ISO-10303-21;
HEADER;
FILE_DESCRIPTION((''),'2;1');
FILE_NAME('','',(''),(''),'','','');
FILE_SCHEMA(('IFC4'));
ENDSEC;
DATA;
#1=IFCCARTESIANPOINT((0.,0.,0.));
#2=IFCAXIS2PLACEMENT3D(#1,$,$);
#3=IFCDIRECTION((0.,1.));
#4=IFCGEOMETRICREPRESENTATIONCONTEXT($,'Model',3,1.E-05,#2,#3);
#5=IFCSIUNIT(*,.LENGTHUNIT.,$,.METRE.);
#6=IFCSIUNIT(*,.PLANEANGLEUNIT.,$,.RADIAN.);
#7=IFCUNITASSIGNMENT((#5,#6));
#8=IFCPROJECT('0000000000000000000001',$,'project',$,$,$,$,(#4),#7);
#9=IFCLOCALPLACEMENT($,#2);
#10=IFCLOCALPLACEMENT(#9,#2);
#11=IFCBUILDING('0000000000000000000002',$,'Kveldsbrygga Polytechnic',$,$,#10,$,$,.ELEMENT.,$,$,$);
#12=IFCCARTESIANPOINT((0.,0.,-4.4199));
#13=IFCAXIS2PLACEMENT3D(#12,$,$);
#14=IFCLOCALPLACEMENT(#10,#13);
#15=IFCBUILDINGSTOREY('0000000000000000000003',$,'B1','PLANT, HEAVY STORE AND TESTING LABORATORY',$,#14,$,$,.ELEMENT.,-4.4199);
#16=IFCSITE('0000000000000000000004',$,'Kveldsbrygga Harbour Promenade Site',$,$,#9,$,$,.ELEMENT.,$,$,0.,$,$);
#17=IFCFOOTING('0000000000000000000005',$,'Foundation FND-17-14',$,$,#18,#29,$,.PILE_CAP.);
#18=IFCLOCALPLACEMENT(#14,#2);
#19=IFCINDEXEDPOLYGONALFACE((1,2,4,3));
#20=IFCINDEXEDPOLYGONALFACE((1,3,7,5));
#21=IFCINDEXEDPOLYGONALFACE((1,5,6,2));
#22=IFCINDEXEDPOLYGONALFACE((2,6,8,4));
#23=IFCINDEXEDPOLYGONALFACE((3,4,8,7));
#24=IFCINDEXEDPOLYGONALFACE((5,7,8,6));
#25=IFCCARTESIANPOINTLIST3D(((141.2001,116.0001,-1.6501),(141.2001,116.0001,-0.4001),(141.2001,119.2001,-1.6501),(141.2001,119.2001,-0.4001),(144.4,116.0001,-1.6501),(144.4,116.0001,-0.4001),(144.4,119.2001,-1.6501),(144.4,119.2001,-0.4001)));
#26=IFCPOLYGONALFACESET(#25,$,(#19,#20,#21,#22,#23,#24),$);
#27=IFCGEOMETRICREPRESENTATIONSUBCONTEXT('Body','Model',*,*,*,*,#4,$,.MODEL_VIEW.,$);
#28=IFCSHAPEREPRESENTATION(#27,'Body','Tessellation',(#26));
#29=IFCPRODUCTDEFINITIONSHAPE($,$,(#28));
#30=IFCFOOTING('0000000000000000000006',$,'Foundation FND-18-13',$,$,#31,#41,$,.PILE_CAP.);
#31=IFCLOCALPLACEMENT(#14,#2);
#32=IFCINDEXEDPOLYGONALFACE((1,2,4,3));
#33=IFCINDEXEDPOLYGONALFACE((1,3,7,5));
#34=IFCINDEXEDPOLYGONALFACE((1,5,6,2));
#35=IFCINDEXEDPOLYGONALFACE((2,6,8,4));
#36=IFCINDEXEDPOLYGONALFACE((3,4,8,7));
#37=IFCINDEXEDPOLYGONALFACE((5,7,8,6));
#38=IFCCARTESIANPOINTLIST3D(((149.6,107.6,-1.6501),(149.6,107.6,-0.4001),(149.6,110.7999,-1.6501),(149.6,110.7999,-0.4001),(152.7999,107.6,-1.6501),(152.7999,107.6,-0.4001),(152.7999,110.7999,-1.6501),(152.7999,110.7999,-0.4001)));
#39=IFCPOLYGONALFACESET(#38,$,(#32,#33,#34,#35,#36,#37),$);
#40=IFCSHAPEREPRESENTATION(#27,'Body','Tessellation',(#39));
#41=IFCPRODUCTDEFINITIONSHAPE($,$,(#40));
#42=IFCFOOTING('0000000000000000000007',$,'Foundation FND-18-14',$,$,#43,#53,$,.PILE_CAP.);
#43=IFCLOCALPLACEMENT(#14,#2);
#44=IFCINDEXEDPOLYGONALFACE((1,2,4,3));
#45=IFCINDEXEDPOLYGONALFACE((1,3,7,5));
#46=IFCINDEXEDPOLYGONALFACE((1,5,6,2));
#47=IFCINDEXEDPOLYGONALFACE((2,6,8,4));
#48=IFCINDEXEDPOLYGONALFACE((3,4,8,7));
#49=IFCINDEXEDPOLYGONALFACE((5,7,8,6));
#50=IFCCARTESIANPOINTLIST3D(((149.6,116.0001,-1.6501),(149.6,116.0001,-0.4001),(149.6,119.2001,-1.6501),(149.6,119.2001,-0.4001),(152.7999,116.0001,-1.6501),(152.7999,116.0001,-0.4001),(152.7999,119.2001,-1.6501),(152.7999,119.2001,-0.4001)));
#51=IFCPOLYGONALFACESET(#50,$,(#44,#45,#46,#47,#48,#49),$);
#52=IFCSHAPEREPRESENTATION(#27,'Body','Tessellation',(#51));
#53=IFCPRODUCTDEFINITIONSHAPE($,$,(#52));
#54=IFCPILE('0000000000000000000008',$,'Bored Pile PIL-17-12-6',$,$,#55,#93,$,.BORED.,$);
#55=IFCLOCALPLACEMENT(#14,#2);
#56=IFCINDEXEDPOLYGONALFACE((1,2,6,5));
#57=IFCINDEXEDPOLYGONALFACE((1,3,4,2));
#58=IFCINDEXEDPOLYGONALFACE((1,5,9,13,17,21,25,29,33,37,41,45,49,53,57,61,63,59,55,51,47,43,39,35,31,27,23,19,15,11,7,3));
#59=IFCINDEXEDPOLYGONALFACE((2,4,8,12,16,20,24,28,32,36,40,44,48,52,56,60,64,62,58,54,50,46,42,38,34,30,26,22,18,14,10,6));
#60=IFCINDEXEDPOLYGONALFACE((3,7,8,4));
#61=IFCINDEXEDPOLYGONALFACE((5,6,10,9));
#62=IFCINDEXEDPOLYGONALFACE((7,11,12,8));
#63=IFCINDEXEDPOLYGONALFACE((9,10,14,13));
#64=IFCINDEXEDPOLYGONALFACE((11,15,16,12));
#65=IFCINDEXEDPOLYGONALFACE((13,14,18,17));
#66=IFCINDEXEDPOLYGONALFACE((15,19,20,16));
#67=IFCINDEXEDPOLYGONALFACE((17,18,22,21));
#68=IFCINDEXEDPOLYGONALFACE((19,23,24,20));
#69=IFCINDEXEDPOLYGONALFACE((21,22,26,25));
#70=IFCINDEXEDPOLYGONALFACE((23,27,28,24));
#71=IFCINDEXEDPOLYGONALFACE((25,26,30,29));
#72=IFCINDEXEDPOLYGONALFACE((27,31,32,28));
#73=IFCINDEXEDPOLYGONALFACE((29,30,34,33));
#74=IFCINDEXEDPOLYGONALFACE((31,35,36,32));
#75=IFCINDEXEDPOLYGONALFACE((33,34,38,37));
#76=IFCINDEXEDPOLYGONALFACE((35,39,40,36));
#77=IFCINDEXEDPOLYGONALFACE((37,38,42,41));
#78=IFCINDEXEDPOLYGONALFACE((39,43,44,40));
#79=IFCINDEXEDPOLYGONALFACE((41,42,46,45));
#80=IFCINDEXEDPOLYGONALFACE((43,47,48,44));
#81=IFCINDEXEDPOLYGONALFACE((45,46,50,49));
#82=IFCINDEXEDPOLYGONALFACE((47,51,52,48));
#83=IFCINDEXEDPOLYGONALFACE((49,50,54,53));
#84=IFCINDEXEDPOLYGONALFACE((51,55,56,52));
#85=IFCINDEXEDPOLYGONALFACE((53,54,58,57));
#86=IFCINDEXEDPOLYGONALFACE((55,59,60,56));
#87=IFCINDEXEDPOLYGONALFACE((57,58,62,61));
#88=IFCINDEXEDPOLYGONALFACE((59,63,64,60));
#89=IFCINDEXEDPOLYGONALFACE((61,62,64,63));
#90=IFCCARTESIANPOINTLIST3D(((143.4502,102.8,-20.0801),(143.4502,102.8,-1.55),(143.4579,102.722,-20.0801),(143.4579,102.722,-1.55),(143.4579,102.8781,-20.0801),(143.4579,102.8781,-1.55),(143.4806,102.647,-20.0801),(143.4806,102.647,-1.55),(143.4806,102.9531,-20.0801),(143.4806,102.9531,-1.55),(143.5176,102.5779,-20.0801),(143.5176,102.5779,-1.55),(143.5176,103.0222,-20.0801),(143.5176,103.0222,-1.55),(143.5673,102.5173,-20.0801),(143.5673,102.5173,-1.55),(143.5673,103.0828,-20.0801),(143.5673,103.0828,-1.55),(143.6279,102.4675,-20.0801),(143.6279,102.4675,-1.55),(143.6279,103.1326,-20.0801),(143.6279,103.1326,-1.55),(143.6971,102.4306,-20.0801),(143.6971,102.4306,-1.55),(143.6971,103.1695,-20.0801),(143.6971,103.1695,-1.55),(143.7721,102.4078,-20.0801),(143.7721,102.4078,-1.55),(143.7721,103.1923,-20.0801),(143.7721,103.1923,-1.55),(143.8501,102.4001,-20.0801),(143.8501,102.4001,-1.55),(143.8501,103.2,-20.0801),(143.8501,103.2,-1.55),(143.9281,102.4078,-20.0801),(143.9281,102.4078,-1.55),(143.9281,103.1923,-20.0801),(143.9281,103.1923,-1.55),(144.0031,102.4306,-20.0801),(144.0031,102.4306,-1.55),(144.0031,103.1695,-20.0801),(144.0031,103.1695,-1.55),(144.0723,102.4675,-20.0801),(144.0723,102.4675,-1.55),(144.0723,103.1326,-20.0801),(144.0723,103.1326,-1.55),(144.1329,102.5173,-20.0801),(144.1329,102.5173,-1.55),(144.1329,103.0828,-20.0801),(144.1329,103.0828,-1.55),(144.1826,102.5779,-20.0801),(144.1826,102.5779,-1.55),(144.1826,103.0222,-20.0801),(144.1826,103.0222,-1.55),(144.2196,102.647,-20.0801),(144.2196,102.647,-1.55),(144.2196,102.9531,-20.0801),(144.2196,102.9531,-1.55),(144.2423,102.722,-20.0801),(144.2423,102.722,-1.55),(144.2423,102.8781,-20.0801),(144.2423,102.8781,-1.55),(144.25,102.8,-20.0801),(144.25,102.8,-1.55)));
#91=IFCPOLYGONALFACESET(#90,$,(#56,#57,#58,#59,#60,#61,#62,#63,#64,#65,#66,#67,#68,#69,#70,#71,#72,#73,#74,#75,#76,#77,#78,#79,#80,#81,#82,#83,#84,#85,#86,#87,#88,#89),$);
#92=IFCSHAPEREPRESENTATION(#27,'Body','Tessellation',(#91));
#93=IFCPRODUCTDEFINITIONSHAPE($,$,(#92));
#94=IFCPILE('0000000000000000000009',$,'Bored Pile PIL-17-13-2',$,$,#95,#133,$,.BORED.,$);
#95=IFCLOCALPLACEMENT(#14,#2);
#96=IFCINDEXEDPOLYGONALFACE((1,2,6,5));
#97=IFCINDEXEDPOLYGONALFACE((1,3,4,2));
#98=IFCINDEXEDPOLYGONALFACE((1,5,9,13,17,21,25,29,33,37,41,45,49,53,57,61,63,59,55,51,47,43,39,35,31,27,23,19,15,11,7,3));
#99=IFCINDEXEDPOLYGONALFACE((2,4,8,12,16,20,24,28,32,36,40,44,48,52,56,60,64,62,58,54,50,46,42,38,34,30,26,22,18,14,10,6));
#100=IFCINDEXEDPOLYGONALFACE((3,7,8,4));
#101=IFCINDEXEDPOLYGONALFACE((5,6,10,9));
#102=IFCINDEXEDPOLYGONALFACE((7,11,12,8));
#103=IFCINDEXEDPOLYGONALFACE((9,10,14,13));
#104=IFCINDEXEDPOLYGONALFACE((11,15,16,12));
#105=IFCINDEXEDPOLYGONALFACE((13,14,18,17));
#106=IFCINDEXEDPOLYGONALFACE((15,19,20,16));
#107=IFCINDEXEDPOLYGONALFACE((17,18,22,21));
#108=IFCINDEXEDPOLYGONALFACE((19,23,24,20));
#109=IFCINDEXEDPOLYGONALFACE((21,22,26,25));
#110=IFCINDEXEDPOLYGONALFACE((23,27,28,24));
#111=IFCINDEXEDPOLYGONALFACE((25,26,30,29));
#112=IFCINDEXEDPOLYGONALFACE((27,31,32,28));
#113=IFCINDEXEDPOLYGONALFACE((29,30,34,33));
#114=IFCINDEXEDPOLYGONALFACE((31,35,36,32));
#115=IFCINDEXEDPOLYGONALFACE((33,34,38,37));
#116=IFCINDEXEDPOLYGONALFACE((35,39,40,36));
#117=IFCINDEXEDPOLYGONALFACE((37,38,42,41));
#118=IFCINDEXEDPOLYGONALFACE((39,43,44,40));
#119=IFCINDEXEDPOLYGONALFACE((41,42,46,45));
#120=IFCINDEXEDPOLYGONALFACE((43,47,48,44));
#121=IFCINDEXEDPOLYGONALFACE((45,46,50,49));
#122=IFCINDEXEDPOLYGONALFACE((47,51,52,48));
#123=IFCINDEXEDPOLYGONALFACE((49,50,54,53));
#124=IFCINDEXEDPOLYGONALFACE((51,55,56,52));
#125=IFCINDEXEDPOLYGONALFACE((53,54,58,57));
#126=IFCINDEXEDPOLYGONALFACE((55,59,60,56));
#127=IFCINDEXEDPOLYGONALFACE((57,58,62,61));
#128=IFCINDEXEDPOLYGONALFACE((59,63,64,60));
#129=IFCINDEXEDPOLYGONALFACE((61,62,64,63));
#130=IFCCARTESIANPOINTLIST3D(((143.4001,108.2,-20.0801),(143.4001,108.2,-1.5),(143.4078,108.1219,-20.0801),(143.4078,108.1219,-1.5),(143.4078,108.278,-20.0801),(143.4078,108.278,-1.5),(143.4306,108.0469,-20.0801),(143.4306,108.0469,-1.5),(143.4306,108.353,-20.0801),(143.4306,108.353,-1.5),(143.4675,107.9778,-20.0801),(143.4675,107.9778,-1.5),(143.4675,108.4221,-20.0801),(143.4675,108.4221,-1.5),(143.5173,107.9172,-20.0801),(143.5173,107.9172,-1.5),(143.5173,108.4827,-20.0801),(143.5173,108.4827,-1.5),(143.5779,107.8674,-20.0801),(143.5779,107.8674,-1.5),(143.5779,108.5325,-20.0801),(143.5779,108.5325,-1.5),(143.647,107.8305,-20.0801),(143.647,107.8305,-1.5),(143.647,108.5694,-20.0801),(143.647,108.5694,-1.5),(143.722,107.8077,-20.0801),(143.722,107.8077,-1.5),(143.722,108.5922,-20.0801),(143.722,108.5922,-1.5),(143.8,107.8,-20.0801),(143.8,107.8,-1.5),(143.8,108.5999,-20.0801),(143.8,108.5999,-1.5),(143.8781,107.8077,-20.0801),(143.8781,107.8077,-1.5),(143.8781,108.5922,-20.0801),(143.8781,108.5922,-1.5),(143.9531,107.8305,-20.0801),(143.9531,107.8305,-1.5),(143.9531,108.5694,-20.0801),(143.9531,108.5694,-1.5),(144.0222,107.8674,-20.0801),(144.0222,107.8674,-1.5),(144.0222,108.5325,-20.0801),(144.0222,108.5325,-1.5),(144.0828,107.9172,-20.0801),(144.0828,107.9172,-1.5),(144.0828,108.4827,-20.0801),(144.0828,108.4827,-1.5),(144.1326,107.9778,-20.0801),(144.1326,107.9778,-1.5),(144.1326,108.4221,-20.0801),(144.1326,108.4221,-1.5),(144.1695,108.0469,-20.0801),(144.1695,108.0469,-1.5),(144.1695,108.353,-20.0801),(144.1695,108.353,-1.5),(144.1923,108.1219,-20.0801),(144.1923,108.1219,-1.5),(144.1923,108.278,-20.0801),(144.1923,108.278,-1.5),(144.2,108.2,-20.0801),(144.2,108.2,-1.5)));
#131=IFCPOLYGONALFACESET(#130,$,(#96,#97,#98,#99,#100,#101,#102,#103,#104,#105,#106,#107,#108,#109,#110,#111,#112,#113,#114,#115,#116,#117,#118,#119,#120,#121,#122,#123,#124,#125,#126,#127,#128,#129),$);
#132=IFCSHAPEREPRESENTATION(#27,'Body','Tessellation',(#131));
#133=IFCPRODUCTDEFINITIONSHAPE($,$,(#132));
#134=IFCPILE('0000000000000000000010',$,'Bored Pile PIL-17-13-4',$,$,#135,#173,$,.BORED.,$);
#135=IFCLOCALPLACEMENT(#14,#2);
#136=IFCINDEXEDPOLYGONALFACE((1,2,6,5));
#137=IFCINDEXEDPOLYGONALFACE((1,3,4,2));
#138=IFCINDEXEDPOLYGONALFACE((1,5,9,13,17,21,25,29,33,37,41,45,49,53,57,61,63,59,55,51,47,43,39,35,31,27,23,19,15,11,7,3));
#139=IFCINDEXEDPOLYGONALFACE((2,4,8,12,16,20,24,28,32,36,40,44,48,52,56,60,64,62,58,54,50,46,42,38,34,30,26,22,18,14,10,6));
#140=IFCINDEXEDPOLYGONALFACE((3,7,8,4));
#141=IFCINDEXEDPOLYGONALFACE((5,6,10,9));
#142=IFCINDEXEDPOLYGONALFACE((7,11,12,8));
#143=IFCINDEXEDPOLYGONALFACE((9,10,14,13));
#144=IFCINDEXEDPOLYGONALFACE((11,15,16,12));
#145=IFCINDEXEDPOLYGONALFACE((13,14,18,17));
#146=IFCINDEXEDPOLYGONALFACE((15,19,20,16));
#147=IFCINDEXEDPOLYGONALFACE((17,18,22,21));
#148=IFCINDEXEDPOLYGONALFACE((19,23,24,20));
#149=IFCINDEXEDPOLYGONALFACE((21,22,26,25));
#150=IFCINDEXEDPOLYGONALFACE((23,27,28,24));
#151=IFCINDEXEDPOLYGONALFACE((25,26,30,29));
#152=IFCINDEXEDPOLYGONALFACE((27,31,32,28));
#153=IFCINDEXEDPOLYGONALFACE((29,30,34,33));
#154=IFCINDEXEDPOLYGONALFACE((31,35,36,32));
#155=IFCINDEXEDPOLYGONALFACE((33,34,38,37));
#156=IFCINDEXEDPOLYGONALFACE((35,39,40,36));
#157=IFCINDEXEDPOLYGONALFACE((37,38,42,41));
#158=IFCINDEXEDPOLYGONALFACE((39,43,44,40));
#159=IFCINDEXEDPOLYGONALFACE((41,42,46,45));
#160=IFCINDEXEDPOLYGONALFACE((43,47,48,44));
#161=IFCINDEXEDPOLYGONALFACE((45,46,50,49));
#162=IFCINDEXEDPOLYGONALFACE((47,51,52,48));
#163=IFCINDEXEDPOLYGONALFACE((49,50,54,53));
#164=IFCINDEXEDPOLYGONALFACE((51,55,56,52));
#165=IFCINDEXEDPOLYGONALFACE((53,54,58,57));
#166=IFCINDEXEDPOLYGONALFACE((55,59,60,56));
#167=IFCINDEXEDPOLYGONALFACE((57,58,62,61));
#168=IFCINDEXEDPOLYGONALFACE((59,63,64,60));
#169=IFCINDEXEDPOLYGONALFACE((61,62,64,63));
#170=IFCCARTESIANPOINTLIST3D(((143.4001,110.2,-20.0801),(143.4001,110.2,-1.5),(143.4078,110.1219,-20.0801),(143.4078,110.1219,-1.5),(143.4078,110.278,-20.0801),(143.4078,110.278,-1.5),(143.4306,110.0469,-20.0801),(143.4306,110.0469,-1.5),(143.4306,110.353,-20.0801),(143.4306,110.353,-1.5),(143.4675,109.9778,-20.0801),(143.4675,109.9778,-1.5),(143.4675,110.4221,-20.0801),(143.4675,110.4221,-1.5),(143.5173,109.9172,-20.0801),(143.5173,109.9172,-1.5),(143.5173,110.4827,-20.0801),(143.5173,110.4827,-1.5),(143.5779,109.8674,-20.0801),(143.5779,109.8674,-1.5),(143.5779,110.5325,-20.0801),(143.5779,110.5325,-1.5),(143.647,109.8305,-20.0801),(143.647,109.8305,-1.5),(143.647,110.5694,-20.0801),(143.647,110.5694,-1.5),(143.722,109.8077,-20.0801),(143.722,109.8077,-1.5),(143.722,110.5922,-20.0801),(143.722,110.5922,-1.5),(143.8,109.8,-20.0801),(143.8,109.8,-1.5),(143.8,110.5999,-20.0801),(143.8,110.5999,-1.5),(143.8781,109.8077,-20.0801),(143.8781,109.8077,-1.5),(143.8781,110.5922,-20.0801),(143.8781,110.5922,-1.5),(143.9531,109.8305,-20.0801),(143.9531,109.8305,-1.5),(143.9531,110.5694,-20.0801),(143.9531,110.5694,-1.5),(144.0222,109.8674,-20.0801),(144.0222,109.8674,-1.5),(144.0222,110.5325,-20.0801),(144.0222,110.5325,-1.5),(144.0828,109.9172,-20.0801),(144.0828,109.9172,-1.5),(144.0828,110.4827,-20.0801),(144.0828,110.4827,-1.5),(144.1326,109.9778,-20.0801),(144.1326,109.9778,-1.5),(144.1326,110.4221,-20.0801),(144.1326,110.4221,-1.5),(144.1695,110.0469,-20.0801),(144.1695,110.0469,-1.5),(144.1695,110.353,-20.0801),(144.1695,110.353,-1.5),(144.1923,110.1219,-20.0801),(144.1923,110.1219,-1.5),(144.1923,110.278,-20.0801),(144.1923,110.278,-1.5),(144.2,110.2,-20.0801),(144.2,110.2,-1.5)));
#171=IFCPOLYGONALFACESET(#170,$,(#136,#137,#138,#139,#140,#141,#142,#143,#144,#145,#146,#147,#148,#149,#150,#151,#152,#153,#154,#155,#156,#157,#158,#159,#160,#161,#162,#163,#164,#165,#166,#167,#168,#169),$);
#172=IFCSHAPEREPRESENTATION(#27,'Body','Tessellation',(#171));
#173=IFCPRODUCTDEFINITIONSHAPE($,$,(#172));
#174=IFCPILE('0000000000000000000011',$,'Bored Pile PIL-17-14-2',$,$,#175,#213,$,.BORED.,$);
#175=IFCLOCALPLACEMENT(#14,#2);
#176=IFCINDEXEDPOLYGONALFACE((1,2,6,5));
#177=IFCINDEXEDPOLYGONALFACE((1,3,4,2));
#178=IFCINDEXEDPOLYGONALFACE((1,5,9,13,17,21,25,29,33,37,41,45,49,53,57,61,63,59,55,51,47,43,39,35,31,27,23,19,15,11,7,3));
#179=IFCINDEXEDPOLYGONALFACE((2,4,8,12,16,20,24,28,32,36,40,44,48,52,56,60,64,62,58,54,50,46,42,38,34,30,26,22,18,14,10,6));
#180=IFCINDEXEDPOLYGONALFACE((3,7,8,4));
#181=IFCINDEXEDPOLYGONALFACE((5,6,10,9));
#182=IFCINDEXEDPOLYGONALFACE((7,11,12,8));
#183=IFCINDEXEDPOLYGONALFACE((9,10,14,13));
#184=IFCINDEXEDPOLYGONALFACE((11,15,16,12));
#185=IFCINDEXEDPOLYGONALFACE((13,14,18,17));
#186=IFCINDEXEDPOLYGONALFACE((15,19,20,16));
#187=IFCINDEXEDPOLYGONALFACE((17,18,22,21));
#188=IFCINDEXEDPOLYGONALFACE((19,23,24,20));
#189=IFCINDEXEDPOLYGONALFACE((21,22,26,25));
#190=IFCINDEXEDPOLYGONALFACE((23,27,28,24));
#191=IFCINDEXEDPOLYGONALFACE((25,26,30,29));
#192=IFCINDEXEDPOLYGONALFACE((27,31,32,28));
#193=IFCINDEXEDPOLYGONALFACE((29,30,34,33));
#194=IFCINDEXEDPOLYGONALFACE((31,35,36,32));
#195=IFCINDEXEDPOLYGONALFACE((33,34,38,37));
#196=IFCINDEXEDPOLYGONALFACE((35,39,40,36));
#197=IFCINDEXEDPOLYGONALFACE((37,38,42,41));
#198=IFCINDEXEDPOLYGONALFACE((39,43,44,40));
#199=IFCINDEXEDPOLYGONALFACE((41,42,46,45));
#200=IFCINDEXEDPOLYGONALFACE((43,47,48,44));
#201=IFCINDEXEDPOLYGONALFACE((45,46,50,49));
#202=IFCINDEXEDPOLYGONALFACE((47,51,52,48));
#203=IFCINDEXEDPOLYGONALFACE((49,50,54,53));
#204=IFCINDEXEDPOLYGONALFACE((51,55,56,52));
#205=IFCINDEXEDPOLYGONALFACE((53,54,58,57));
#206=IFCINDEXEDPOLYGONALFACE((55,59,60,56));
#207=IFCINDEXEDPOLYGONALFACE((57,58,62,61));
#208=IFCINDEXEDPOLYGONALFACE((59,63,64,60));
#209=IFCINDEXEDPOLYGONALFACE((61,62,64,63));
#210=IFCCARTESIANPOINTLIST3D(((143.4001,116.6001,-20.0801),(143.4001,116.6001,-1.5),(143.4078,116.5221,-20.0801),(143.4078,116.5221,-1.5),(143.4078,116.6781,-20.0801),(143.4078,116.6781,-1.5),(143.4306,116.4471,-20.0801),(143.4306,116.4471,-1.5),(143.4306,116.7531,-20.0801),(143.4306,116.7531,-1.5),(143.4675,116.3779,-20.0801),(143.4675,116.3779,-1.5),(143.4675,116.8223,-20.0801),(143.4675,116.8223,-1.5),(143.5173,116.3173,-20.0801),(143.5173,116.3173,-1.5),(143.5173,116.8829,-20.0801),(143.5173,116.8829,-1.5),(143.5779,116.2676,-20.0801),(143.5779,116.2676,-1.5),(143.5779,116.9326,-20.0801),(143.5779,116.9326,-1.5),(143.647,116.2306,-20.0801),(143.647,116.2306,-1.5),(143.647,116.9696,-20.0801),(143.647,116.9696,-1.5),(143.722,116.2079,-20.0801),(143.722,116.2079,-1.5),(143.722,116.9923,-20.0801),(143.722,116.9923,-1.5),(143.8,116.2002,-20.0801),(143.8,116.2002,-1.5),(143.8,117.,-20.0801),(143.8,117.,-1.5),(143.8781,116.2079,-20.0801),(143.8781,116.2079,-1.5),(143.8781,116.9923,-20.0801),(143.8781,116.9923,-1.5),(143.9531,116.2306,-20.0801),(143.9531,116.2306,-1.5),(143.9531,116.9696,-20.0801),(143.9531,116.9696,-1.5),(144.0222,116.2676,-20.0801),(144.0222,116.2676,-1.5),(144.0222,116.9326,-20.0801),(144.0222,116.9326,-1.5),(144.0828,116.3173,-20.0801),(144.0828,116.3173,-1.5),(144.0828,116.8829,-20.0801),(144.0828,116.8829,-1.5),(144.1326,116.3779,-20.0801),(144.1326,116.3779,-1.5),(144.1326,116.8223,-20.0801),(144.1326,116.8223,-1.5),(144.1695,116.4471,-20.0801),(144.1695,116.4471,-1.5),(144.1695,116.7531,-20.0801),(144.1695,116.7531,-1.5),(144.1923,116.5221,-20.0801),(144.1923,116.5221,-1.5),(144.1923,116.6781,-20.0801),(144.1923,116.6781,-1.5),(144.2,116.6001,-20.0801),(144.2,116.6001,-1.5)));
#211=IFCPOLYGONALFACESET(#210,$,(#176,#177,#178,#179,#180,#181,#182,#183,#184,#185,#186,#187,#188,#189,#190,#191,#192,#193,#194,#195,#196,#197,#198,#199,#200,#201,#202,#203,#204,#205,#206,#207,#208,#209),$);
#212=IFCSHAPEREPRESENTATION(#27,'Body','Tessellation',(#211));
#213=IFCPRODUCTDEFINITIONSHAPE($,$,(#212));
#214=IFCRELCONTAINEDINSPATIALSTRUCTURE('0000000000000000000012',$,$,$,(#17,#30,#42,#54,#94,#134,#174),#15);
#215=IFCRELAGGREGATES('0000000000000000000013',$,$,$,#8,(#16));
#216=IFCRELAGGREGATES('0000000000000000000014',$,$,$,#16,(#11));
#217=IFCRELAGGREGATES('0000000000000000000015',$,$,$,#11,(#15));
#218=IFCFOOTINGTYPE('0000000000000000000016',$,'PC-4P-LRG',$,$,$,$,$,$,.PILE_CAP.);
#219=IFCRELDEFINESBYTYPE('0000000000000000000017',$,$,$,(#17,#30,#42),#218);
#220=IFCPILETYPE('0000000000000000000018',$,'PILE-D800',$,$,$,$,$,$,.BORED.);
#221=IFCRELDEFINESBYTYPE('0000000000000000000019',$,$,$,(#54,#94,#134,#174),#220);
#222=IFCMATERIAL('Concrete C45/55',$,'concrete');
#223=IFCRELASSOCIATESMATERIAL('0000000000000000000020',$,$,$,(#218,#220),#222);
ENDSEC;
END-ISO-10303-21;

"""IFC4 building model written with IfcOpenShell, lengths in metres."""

from ifc_helpers import new_model, si_unit, direction, frame, origin, origin_2d, place, context, subcontext, project, spatial, rectangle, circle, extrude, material, material_profile, profile_set, type_object, element, save


model = new_model("IFC4")

# Units and contexts
model_context = context("Model", 3, precision=1e-05, world=origin(), true_north=direction((0.0, 1.0)))
body_context = subcontext(model_context, "Body", "Model", "MODEL_VIEW")
ifc_project = project(units=[si_unit("LENGTHUNIT", "METRE"), si_unit("PLANEANGLEUNIT", "RADIAN")], contexts=[model_context])

# Site, building, storey
site_placement = place(None, origin())
site = spatial("IfcSite", under=ifc_project, at=site_placement, Name="Kveldsbrygga Harbour Promenade Site", CompositionType="ELEMENT", RefElevation=0.0)
building_placement = place(site_placement, origin())
building = spatial("IfcBuilding", under=site, at=building_placement, Name="Kveldsbrygga Polytechnic", CompositionType="ELEMENT")
storey_placement = place(building_placement, frame((0.0, 0.0, -4.4199)))
storey = spatial("IfcBuildingStorey", under=building, at=storey_placement, Name="B1", Description="PLANT, HEAVY STORE AND TESTING LABORATORY", CompositionType="ELEMENT", Elevation=-4.4199)

# Footings
ifc_material_1 = material(Name="Concrete C45/55", Category="concrete")
footing_type = type_object("IfcFootingType", Name="PC-4P-LRG", PredefinedType="PILE_CAP", material=ifc_material_1)
for number, where, z_axis, x_axis, name in (
    (1, (142.8, 117.6001, -1.6501), (0.0, 0.0, 1.0), (1.0, 0.0, 0.0), "Foundation FND-17-14"),
    (2, (151.2, 109.2, -1.6501), (0.0, 0.0, 1.0), (1.0, 0.0, 0.0), "Foundation FND-18-13"),
    (3, (151.2, 117.6001, -1.6501), (0.0, 0.0, 1.0), (1.0, 0.0, 0.0), "Foundation FND-18-14"),
):
    element("IfcFooting", number, at=place(storey_placement, frame(where, z_axis=z_axis, x_axis=x_axis)), inside=storey, type_object=footing_type, Name=name, PredefinedType="PILE_CAP", context=body_context, shape_type="SweptSolid", body=[
        extrude(rectangle(XDim=3.2, YDim=3.2, at=origin_2d()), origin(), (0.0, 0.0, 1.0), 1.25),
    ])

# Piles
ifc_material_profile_1 = material_profile(ifc_material_1, circle(Radius=0.3999, at=origin_2d()), Name="PILE D800")
ifc_profile_set_1 = profile_set([ifc_material_profile_1], Name="Concrete C45/55")
pile_type = type_object("IfcPileType", Name="PILE-D800", PredefinedType="BORED", material=ifc_profile_set_1)
pile_placement = place(storey_placement, frame((143.8501, 102.8, -1.55), z_axis=(0.0, 0.0, -1.0), x_axis=(1.0, 0.0, 0.0)))
element("IfcPile", 4, at=pile_placement, inside=storey, type_object=pile_type, Name="Bored Pile PIL-17-12-6", PredefinedType="BORED", context=body_context, shape_type="SweptSolid", body=[
    extrude(circle(Radius=0.3999, at=origin_2d()), origin(), (0.0, 0.0, 1.0), 18.53),
])
for number, where, z_axis, x_axis, name in (
    (5, (143.8, 108.2, -1.5), (0.0, 0.0, -1.0), (1.0, 0.0, 0.0), "Bored Pile PIL-17-13-2"),
    (6, (143.8, 110.2, -1.5), (0.0, 0.0, -1.0), (1.0, 0.0, 0.0), "Bored Pile PIL-17-13-4"),
    (7, (143.8, 116.6001, -1.5), (0.0, 0.0, -1.0), (1.0, 0.0, 0.0), "Bored Pile PIL-17-14-2"),
):
    element("IfcPile", number, at=place(storey_placement, frame(where, z_axis=z_axis, x_axis=x_axis)), inside=storey, type_object=pile_type, Name=name, PredefinedType="BORED", context=body_context, shape_type="SweptSolid", body=[
        extrude(circle(Radius=0.3999, at=origin_2d()), origin(), (0.0, 0.0, 1.0), 18.5801),
    ])

save(model, "model.ifc")
